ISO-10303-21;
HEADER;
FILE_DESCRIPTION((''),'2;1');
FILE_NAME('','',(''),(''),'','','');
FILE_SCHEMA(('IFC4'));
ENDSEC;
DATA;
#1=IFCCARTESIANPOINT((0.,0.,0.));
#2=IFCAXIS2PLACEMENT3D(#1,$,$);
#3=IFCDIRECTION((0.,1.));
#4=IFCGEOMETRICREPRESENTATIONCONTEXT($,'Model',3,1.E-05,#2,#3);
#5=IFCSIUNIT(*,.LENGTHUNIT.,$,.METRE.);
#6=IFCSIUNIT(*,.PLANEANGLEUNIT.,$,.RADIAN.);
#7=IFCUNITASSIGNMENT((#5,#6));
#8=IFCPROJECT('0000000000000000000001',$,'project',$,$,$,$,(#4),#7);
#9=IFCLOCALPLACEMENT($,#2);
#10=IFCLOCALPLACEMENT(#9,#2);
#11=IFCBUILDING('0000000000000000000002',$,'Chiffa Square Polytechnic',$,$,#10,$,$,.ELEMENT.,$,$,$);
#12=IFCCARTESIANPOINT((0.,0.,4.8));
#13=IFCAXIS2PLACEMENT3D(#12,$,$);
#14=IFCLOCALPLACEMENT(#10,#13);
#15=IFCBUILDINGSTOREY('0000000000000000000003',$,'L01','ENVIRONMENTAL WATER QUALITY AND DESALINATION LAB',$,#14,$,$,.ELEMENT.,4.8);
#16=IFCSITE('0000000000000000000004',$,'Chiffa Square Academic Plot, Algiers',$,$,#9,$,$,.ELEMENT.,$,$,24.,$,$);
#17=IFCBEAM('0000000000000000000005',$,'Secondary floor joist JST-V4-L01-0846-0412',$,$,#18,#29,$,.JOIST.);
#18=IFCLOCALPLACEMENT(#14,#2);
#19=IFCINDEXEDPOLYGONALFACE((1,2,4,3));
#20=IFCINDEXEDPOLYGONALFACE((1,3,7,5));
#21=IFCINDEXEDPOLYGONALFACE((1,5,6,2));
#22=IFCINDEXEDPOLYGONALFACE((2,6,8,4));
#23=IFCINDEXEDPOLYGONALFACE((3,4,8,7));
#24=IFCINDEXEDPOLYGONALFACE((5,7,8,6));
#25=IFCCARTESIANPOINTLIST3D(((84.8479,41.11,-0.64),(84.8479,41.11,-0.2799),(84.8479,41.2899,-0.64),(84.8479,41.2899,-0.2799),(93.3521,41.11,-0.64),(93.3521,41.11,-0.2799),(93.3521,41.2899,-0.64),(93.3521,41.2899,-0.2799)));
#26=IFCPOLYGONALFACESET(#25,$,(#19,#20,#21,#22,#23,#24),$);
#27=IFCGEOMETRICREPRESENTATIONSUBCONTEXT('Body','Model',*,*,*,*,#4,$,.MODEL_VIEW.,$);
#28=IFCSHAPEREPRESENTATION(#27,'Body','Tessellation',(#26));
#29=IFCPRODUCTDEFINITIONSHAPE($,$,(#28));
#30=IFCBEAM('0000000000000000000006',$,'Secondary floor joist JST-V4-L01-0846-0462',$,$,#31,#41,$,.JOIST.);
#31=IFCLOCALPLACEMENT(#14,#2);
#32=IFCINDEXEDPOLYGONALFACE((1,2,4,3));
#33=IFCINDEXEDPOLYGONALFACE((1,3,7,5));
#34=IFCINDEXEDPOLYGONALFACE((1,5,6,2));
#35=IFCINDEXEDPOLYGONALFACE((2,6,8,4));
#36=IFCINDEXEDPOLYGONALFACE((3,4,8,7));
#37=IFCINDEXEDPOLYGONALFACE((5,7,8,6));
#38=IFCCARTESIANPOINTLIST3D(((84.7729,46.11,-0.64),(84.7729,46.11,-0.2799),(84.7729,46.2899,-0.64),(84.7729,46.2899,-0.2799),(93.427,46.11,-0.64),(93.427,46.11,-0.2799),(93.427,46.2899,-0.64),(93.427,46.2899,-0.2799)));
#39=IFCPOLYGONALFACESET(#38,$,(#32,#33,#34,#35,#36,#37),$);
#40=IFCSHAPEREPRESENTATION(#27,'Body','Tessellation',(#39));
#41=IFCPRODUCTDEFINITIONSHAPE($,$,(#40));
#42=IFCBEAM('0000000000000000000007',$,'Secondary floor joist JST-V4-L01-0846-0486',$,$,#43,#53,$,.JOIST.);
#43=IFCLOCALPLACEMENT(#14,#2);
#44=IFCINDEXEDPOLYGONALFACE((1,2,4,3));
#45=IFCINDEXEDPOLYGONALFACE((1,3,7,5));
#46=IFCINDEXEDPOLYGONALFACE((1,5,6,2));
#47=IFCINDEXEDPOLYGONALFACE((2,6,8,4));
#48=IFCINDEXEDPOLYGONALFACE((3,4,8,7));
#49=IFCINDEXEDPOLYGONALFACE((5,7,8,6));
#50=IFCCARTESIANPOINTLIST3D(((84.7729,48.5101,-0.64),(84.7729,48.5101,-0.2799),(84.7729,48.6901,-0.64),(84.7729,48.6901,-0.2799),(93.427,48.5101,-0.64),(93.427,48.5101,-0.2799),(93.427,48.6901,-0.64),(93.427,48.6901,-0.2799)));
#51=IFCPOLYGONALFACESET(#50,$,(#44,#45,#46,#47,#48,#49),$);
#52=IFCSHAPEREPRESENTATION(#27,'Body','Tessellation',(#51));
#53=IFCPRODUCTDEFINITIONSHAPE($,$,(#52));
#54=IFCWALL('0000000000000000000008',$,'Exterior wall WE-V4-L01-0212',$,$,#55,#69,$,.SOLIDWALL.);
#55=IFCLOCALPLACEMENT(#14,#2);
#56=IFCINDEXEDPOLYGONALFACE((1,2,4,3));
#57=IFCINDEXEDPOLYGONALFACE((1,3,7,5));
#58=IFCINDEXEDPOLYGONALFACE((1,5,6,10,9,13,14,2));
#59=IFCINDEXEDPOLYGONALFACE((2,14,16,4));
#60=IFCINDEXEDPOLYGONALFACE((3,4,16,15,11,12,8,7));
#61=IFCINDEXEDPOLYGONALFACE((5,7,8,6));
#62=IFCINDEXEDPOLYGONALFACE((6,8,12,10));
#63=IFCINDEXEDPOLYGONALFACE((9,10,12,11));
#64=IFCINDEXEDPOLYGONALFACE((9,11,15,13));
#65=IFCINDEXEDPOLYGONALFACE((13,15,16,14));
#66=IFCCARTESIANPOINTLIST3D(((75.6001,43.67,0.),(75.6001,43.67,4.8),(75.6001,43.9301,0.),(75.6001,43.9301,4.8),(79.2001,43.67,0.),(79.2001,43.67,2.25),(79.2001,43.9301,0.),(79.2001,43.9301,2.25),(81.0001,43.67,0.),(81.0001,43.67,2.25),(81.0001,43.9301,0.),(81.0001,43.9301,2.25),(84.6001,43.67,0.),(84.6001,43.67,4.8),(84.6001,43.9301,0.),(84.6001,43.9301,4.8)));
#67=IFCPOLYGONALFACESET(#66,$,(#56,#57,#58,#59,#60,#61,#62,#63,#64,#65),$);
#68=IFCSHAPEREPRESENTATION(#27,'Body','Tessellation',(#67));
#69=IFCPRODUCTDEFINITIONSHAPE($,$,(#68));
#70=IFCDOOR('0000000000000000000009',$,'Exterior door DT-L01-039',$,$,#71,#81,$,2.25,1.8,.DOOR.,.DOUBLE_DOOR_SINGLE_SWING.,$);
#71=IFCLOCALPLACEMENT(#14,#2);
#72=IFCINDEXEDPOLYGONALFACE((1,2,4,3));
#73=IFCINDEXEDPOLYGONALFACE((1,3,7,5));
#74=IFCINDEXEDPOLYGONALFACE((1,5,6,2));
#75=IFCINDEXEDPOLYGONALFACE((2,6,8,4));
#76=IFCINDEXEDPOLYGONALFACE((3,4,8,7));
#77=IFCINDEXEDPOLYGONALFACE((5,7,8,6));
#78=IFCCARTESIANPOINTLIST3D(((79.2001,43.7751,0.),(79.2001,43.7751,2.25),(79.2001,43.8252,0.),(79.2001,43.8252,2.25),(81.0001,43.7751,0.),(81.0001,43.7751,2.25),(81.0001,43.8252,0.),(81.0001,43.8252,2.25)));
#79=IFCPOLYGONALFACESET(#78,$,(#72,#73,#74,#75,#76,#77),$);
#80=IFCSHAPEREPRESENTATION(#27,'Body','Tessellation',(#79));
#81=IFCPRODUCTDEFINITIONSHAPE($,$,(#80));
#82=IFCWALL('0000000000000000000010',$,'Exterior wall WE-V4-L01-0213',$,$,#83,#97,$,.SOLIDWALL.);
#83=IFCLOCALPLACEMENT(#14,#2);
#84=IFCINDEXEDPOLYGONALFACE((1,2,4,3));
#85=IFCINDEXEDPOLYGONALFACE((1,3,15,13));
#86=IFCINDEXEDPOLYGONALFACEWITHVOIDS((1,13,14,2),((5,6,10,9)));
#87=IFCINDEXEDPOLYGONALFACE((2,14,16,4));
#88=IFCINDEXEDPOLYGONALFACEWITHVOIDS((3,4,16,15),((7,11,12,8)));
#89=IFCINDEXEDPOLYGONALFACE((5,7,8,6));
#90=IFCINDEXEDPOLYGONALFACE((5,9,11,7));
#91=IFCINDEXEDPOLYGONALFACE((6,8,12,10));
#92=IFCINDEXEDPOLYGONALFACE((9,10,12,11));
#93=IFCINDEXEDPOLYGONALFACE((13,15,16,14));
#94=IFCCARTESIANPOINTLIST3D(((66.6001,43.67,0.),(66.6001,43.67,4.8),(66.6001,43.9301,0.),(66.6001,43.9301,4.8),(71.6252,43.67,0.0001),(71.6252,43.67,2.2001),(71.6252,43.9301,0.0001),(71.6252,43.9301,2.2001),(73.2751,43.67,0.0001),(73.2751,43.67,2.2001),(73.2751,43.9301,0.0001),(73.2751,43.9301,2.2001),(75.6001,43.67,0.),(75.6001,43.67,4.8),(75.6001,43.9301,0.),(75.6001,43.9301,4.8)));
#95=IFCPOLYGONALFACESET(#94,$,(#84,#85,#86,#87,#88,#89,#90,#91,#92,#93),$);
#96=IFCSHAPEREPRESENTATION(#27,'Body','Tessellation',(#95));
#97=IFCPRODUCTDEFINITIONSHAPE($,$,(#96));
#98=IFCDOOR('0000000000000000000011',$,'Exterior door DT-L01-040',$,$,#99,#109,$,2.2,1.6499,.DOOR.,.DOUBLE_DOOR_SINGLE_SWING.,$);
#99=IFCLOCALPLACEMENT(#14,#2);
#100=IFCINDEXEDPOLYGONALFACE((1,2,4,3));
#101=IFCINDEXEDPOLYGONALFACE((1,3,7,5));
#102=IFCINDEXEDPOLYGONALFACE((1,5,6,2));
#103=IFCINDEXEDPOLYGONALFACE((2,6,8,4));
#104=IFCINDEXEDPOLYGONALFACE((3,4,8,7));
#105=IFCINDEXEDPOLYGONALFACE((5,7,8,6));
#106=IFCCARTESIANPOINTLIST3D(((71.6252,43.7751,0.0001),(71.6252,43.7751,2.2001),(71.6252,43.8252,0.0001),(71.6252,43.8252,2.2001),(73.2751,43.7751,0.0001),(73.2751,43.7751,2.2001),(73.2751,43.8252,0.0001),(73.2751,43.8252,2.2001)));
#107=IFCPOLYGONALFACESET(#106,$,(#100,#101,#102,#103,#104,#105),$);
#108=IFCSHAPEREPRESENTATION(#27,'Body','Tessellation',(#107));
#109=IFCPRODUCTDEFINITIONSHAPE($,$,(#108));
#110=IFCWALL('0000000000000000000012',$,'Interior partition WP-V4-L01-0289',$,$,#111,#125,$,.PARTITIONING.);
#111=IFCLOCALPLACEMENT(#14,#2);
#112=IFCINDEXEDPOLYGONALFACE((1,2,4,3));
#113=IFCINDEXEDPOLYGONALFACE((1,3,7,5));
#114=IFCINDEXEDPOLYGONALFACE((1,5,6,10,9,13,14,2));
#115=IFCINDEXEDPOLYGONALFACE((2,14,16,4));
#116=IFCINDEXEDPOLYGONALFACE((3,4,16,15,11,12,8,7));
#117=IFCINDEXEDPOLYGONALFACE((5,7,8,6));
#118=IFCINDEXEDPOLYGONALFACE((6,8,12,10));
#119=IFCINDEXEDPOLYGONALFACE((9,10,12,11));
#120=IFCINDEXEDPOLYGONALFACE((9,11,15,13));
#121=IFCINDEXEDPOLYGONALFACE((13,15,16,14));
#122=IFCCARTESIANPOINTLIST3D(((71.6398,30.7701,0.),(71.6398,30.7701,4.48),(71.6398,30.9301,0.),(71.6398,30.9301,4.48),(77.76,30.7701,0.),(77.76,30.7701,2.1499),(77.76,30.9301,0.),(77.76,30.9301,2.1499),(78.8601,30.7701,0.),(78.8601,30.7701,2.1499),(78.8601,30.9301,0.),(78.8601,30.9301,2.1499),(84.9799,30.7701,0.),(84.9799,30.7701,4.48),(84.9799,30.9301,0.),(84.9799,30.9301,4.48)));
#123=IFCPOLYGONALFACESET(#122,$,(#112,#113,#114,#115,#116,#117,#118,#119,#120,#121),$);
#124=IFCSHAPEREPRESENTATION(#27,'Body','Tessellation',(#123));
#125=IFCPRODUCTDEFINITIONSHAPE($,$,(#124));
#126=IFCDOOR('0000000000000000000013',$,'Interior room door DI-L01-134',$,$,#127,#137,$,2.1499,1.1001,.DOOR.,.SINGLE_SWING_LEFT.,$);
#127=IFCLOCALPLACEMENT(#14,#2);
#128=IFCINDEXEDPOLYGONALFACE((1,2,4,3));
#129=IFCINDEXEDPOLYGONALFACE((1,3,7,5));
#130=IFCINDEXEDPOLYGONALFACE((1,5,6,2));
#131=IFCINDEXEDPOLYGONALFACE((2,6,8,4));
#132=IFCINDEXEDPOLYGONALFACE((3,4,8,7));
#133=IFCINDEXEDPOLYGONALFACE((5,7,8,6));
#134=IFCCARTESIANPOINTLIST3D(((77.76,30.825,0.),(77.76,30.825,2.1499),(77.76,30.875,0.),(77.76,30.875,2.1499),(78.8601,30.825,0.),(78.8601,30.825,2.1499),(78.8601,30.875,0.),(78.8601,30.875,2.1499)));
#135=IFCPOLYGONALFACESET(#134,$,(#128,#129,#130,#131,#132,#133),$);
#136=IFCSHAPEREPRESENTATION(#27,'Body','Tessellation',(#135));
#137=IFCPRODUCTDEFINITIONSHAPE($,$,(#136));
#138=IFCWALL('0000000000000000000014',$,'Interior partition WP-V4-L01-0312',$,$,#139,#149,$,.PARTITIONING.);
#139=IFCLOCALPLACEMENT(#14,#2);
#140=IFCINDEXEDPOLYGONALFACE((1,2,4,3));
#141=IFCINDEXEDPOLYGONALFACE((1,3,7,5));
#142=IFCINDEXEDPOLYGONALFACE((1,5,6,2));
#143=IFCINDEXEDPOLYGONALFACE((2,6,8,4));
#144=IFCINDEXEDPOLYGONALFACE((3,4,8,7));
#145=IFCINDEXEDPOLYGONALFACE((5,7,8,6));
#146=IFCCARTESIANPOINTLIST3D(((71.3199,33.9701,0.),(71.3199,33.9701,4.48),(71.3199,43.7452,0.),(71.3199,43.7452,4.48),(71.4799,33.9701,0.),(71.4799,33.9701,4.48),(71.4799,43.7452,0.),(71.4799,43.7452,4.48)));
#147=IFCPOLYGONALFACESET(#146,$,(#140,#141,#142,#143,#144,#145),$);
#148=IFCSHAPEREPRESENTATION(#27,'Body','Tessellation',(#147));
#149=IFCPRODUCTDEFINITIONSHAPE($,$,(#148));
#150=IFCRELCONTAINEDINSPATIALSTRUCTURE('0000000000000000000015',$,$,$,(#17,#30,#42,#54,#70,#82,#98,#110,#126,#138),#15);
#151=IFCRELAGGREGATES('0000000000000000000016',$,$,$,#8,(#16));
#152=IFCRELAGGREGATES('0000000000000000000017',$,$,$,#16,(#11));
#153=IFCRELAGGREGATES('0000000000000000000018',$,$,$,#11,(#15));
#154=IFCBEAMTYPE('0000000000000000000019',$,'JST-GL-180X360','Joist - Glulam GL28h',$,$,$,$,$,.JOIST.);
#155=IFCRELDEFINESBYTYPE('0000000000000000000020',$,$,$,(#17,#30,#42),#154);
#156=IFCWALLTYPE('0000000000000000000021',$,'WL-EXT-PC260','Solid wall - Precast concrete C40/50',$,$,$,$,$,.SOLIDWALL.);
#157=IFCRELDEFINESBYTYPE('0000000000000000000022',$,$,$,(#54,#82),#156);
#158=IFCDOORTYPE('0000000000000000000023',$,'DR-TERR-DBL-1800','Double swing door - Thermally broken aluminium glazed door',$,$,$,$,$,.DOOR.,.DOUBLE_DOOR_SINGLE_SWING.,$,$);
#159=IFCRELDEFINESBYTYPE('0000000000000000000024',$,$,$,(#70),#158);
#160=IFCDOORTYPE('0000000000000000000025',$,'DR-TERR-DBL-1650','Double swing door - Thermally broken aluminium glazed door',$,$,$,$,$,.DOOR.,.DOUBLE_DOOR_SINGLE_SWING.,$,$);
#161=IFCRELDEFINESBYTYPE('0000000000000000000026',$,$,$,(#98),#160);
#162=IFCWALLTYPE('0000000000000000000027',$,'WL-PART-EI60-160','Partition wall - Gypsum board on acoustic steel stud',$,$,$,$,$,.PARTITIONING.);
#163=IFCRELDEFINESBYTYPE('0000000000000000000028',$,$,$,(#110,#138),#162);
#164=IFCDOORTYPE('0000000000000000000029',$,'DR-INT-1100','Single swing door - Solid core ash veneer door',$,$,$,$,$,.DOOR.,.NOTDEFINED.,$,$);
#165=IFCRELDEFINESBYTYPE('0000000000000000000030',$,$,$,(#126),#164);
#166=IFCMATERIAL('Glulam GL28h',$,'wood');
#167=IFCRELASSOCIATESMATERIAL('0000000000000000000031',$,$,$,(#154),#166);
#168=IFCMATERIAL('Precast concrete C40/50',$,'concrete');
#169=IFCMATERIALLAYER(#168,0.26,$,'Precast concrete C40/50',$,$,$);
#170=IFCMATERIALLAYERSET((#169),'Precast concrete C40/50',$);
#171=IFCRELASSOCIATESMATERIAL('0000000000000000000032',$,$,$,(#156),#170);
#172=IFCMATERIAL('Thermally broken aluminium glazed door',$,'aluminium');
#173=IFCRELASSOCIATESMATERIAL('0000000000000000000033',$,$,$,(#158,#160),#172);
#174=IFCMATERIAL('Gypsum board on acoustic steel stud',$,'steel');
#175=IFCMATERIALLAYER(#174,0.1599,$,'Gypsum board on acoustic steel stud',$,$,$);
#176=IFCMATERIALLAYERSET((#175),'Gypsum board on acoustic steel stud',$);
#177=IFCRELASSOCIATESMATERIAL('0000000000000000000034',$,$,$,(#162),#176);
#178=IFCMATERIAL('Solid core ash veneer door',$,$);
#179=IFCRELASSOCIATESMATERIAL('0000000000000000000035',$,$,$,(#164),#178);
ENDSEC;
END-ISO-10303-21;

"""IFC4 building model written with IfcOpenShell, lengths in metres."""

from ifc_helpers import new_model, si_unit, direction, frame, frame_2d, origin, origin_2d, place, context, subcontext, project, spatial, rectangle, extrude, material, layer, layer_set, material_profile, profile_set, type_object, element, fill, save


model = new_model("IFC4")

# Units and contexts
model_context = context("Model", 3, precision=1e-05, world=origin(), true_north=direction((0.0, 1.0)))
body_context = subcontext(model_context, "Body", "Model", "MODEL_VIEW")
ifc_project = project(units=[si_unit("LENGTHUNIT", "METRE"), si_unit("PLANEANGLEUNIT", "RADIAN")], contexts=[model_context])

# Site, building, storey
site_placement = place(None, origin())
site = spatial("IfcSite", under=ifc_project, at=site_placement, Name="Chiffa Square Academic Plot, Algiers", CompositionType="ELEMENT", RefElevation=24.0)
building_placement = place(site_placement, origin())
building = spatial("IfcBuilding", under=site, at=building_placement, Name="Chiffa Square Polytechnic", CompositionType="ELEMENT")
storey_placement = place(building_placement, frame((0.0, 0.0, 4.8)))
storey = spatial("IfcBuildingStorey", under=building, at=storey_placement, Name="L01", Description="ENVIRONMENTAL WATER QUALITY AND DESALINATION LAB", CompositionType="ELEMENT", Elevation=4.8)

# Beams
ifc_material_1 = material(Name="Glulam GL28h", Category="wood")
ifc_material_profile_1 = material_profile(ifc_material_1, rectangle(XDim=0.1799, YDim=0.3601, at=origin_2d()), Name="GL28h 180x360")
ifc_profile_set_1 = profile_set([ifc_material_profile_1], Name="Glulam GL28h")
beam_type_1 = type_object("IfcBeamType", Name="JST-GL-180X360", Description="Joist - Glulam GL28h", PredefinedType="JOIST", material=ifc_profile_set_1)
for number, where, z_axis, x_axis, name in (
    (1, (84.8479, 41.2, -0.46), (1.0, 0.0, 0.0), (0.0, 1.0, 0.0), "Secondary floor joist JST-V4-L01-0846-0412"),
):
    element("IfcBeam", number, at=place(storey_placement, frame(where, z_axis=z_axis, x_axis=x_axis)), inside=storey, type_object=beam_type_1, Name=name, PredefinedType="JOIST", context=body_context, shape_type="SweptSolid", body=[
        extrude(rectangle(XDim=0.1799, YDim=0.3601, at=origin_2d()), origin(), (0.0, 0.0, 1.0), 8.5042),
    ])
for number, where, z_axis, x_axis, name in (
    (2, (84.7729, 46.2, -0.46), (1.0, 0.0, 0.0), (0.0, 1.0, 0.0), "Secondary floor joist JST-V4-L01-0846-0462"),
    (3, (84.7729, 48.6001, -0.46), (1.0, 0.0, 0.0), (0.0, 1.0, 0.0), "Secondary floor joist JST-V4-L01-0846-0486"),
):
    element("IfcBeam", number, at=place(storey_placement, frame(where, z_axis=z_axis, x_axis=x_axis)), inside=storey, type_object=beam_type_1, Name=name, PredefinedType="JOIST", context=body_context, shape_type="SweptSolid", body=[
        extrude(rectangle(XDim=0.1799, YDim=0.3601, at=origin_2d()), origin(), (0.0, 0.0, 1.0), 8.6541),
    ])

# Walls, openings, doors
ifc_material_2 = material(Name="Precast concrete C40/50", Category="concrete")
ifc_layer_1 = layer(ifc_material_2, 0.26, Name="Precast concrete C40/50")
ifc_layer_set_1 = layer_set([ifc_layer_1], Name="Precast concrete C40/50")
wall_type_1 = type_object("IfcWallType", Name="WL-EXT-PC260", Description="Solid wall - Precast concrete C40/50", PredefinedType="SOLIDWALL", material=ifc_layer_set_1)
wall_1_placement = place(storey_placement, frame((84.6001, 43.8, 0.0), z_axis=(0.0, 0.0, 1.0), x_axis=(-1.0, 0.0, 0.0)))
wall_1 = element("IfcWall", 4, at=wall_1_placement, inside=storey, type_object=wall_type_1, Name="Exterior wall WE-V4-L01-0212", PredefinedType="SOLIDWALL", context=body_context, shape_type="SweptSolid", body=[
    extrude(rectangle(XDim=9.0, YDim=0.26, at=frame_2d((4.5, 0.0))), origin(), (0.0, 0.0, 1.0), 4.8),
])
opening_1_placement = place(wall_1_placement, frame((3.6001, 0.0, 0.0)))
opening_1 = element("IfcOpeningElement", 5, at=opening_1_placement, cuts=wall_1, PredefinedType="OPENING", context=body_context, shape_type="SweptSolid", body=[
    extrude(rectangle(XDim=1.8, YDim=2.25, at=frame_2d((0.8999, 1.125))), frame((0.0, 0.1401, 0.0), z_axis=(0.0, -1.0, 0.0), x_axis=(1.0, 0.0, 0.0)), (0.0, 0.0, 1.0), 0.28),
])
ifc_material_3 = material(Name="Thermally broken aluminium glazed door", Category="aluminium")
door_type_1 = type_object("IfcDoorType", Name="DR-TERR-DBL-1800", Description="Double swing door - Thermally broken aluminium glazed door", OperationType="DOUBLE_DOOR_SINGLE_SWING", PredefinedType="DOOR", material=ifc_material_3)
door_1_placement = place(opening_1_placement, origin())
door_1 = element("IfcDoor", 6, at=door_1_placement, inside=storey, type_object=door_type_1, Name="Exterior door DT-L01-039", OperationType="DOUBLE_DOOR_SINGLE_SWING", OverallHeight=2.25, OverallWidth=1.8, PredefinedType="DOOR", context=body_context, shape_type="SweptSolid", body=[
    extrude(rectangle(XDim=1.8, YDim=2.25, at=frame_2d((0.8999, 1.125))), frame((0.0, 0.0249, 0.0), z_axis=(0.0, -1.0, 0.0), x_axis=(1.0, 0.0, 0.0)), (0.0, 0.0, 1.0), 0.05),
])
fill(opening_1, door_1)
wall_2_placement = place(storey_placement, frame((75.6001, 43.8, 0.0), z_axis=(0.0, 0.0, 1.0), x_axis=(-1.0, 0.0, 0.0)))
wall_2 = element("IfcWall", 7, at=wall_2_placement, inside=storey, type_object=wall_type_1, Name="Exterior wall WE-V4-L01-0213", PredefinedType="SOLIDWALL", context=body_context, shape_type="SweptSolid", body=[
    extrude(rectangle(XDim=9.0, YDim=0.26, at=frame_2d((4.5, 0.0))), origin(), (0.0, 0.0, 1.0), 4.8),
])
opening_2_placement = place(wall_2_placement, frame((2.325, 0.0, 0.0)))
opening_2 = element("IfcOpeningElement", 8, at=opening_2_placement, cuts=wall_2, PredefinedType="OPENING", context=body_context, shape_type="SweptSolid", body=[
    extrude(rectangle(XDim=1.6499, YDim=2.2, at=frame_2d((0.825, 1.1001))), frame((0.0, 0.1401, 0.0), z_axis=(0.0, -1.0, 0.0), x_axis=(1.0, 0.0, 0.0)), (0.0, 0.0, 1.0), 0.28),
])
door_type_2 = type_object("IfcDoorType", Name="DR-TERR-DBL-1650", Description="Double swing door - Thermally broken aluminium glazed door", OperationType="DOUBLE_DOOR_SINGLE_SWING", PredefinedType="DOOR", material=ifc_material_3)
door_2_placement = place(opening_2_placement, origin())
door_2 = element("IfcDoor", 9, at=door_2_placement, inside=storey, type_object=door_type_2, Name="Exterior door DT-L01-040", OperationType="DOUBLE_DOOR_SINGLE_SWING", OverallHeight=2.2, OverallWidth=1.6499, PredefinedType="DOOR", context=body_context, shape_type="SweptSolid", body=[
    extrude(rectangle(XDim=1.6499, YDim=2.2, at=frame_2d((0.825, 1.1001))), frame((0.0, 0.0249, 0.0), z_axis=(0.0, -1.0, 0.0), x_axis=(1.0, 0.0, 0.0)), (0.0, 0.0, 1.0), 0.05),
])
fill(opening_2, door_2)
ifc_material_4 = material(Name="Gypsum board on acoustic steel stud", Category="steel")
ifc_layer_2 = layer(ifc_material_4, 0.1599, Name="Gypsum board on acoustic steel stud")
ifc_layer_set_2 = layer_set([ifc_layer_2], Name="Gypsum board on acoustic steel stud")
wall_type_2 = type_object("IfcWallType", Name="WL-PART-EI60-160", Description="Partition wall - Gypsum board on acoustic steel stud", PredefinedType="PARTITIONING", material=ifc_layer_set_2)
wall_3_placement = place(storey_placement, frame((71.6399, 30.8501, 0.0), z_axis=(0.0, 0.0, 1.0), x_axis=(1.0, 0.0, 0.0)))
wall_3 = element("IfcWall", 10, at=wall_3_placement, inside=storey, type_object=wall_type_2, Name="Interior partition WP-V4-L01-0289", PredefinedType="PARTITIONING", context=body_context, shape_type="SweptSolid", body=[
    extrude(rectangle(XDim=13.3401, YDim=0.1599, at=frame_2d((6.6699, 0.0))), origin(), (0.0, 0.0, 1.0), 4.48),
])
opening_3_placement = place(wall_3_placement, frame((6.1201, 0.0, 0.0)))
opening_3 = element("IfcOpeningElement", 11, at=opening_3_placement, cuts=wall_3, PredefinedType="OPENING", context=body_context, shape_type="SweptSolid", body=[
    extrude(rectangle(XDim=1.1001, YDim=2.1499, at=frame_2d((0.55, 1.075))), frame((0.0, 0.0898, 0.0), z_axis=(0.0, -1.0, 0.0), x_axis=(1.0, 0.0, 0.0)), (0.0, 0.0, 1.0), 0.1799),
])
ifc_material_5 = material(Name="Solid core ash veneer door")
door_type_3 = type_object("IfcDoorType", Name="DR-INT-1100", Description="Single swing door - Solid core ash veneer door", OperationType="NOTDEFINED", PredefinedType="DOOR", material=ifc_material_5)
door_3_placement = place(opening_3_placement, origin())
door_3 = element("IfcDoor", 12, at=door_3_placement, inside=storey, type_object=door_type_3, Name="Interior room door DI-L01-134", OperationType="SINGLE_SWING_LEFT", OverallHeight=2.1499, OverallWidth=1.1001, PredefinedType="DOOR", context=body_context, shape_type="SweptSolid", body=[
    extrude(rectangle(XDim=1.1001, YDim=2.1499, at=frame_2d((0.55, 1.075))), frame((0.0, 0.0249, 0.0), z_axis=(0.0, -1.0, 0.0), x_axis=(1.0, 0.0, 0.0)), (0.0, 0.0, 1.0), 0.05),
])
fill(opening_3, door_3)

# Wall
wall_4_placement = place(storey_placement, frame((71.3999, 33.97, 0.0), z_axis=(0.0, 0.0, 1.0), x_axis=(0.0, 1.0, 0.0)))
element("IfcWall", 13, at=wall_4_placement, inside=storey, type_object=wall_type_2, Name="Interior partition WP-V4-L01-0312", PredefinedType="PARTITIONING", context=body_context, shape_type="SweptSolid", body=[
    extrude(rectangle(XDim=9.7751, YDim=0.1599, at=frame_2d((4.8877, 0.0))), origin(), (0.0, 0.0, 1.0), 4.48),
])

save(model, "model.ifc")
